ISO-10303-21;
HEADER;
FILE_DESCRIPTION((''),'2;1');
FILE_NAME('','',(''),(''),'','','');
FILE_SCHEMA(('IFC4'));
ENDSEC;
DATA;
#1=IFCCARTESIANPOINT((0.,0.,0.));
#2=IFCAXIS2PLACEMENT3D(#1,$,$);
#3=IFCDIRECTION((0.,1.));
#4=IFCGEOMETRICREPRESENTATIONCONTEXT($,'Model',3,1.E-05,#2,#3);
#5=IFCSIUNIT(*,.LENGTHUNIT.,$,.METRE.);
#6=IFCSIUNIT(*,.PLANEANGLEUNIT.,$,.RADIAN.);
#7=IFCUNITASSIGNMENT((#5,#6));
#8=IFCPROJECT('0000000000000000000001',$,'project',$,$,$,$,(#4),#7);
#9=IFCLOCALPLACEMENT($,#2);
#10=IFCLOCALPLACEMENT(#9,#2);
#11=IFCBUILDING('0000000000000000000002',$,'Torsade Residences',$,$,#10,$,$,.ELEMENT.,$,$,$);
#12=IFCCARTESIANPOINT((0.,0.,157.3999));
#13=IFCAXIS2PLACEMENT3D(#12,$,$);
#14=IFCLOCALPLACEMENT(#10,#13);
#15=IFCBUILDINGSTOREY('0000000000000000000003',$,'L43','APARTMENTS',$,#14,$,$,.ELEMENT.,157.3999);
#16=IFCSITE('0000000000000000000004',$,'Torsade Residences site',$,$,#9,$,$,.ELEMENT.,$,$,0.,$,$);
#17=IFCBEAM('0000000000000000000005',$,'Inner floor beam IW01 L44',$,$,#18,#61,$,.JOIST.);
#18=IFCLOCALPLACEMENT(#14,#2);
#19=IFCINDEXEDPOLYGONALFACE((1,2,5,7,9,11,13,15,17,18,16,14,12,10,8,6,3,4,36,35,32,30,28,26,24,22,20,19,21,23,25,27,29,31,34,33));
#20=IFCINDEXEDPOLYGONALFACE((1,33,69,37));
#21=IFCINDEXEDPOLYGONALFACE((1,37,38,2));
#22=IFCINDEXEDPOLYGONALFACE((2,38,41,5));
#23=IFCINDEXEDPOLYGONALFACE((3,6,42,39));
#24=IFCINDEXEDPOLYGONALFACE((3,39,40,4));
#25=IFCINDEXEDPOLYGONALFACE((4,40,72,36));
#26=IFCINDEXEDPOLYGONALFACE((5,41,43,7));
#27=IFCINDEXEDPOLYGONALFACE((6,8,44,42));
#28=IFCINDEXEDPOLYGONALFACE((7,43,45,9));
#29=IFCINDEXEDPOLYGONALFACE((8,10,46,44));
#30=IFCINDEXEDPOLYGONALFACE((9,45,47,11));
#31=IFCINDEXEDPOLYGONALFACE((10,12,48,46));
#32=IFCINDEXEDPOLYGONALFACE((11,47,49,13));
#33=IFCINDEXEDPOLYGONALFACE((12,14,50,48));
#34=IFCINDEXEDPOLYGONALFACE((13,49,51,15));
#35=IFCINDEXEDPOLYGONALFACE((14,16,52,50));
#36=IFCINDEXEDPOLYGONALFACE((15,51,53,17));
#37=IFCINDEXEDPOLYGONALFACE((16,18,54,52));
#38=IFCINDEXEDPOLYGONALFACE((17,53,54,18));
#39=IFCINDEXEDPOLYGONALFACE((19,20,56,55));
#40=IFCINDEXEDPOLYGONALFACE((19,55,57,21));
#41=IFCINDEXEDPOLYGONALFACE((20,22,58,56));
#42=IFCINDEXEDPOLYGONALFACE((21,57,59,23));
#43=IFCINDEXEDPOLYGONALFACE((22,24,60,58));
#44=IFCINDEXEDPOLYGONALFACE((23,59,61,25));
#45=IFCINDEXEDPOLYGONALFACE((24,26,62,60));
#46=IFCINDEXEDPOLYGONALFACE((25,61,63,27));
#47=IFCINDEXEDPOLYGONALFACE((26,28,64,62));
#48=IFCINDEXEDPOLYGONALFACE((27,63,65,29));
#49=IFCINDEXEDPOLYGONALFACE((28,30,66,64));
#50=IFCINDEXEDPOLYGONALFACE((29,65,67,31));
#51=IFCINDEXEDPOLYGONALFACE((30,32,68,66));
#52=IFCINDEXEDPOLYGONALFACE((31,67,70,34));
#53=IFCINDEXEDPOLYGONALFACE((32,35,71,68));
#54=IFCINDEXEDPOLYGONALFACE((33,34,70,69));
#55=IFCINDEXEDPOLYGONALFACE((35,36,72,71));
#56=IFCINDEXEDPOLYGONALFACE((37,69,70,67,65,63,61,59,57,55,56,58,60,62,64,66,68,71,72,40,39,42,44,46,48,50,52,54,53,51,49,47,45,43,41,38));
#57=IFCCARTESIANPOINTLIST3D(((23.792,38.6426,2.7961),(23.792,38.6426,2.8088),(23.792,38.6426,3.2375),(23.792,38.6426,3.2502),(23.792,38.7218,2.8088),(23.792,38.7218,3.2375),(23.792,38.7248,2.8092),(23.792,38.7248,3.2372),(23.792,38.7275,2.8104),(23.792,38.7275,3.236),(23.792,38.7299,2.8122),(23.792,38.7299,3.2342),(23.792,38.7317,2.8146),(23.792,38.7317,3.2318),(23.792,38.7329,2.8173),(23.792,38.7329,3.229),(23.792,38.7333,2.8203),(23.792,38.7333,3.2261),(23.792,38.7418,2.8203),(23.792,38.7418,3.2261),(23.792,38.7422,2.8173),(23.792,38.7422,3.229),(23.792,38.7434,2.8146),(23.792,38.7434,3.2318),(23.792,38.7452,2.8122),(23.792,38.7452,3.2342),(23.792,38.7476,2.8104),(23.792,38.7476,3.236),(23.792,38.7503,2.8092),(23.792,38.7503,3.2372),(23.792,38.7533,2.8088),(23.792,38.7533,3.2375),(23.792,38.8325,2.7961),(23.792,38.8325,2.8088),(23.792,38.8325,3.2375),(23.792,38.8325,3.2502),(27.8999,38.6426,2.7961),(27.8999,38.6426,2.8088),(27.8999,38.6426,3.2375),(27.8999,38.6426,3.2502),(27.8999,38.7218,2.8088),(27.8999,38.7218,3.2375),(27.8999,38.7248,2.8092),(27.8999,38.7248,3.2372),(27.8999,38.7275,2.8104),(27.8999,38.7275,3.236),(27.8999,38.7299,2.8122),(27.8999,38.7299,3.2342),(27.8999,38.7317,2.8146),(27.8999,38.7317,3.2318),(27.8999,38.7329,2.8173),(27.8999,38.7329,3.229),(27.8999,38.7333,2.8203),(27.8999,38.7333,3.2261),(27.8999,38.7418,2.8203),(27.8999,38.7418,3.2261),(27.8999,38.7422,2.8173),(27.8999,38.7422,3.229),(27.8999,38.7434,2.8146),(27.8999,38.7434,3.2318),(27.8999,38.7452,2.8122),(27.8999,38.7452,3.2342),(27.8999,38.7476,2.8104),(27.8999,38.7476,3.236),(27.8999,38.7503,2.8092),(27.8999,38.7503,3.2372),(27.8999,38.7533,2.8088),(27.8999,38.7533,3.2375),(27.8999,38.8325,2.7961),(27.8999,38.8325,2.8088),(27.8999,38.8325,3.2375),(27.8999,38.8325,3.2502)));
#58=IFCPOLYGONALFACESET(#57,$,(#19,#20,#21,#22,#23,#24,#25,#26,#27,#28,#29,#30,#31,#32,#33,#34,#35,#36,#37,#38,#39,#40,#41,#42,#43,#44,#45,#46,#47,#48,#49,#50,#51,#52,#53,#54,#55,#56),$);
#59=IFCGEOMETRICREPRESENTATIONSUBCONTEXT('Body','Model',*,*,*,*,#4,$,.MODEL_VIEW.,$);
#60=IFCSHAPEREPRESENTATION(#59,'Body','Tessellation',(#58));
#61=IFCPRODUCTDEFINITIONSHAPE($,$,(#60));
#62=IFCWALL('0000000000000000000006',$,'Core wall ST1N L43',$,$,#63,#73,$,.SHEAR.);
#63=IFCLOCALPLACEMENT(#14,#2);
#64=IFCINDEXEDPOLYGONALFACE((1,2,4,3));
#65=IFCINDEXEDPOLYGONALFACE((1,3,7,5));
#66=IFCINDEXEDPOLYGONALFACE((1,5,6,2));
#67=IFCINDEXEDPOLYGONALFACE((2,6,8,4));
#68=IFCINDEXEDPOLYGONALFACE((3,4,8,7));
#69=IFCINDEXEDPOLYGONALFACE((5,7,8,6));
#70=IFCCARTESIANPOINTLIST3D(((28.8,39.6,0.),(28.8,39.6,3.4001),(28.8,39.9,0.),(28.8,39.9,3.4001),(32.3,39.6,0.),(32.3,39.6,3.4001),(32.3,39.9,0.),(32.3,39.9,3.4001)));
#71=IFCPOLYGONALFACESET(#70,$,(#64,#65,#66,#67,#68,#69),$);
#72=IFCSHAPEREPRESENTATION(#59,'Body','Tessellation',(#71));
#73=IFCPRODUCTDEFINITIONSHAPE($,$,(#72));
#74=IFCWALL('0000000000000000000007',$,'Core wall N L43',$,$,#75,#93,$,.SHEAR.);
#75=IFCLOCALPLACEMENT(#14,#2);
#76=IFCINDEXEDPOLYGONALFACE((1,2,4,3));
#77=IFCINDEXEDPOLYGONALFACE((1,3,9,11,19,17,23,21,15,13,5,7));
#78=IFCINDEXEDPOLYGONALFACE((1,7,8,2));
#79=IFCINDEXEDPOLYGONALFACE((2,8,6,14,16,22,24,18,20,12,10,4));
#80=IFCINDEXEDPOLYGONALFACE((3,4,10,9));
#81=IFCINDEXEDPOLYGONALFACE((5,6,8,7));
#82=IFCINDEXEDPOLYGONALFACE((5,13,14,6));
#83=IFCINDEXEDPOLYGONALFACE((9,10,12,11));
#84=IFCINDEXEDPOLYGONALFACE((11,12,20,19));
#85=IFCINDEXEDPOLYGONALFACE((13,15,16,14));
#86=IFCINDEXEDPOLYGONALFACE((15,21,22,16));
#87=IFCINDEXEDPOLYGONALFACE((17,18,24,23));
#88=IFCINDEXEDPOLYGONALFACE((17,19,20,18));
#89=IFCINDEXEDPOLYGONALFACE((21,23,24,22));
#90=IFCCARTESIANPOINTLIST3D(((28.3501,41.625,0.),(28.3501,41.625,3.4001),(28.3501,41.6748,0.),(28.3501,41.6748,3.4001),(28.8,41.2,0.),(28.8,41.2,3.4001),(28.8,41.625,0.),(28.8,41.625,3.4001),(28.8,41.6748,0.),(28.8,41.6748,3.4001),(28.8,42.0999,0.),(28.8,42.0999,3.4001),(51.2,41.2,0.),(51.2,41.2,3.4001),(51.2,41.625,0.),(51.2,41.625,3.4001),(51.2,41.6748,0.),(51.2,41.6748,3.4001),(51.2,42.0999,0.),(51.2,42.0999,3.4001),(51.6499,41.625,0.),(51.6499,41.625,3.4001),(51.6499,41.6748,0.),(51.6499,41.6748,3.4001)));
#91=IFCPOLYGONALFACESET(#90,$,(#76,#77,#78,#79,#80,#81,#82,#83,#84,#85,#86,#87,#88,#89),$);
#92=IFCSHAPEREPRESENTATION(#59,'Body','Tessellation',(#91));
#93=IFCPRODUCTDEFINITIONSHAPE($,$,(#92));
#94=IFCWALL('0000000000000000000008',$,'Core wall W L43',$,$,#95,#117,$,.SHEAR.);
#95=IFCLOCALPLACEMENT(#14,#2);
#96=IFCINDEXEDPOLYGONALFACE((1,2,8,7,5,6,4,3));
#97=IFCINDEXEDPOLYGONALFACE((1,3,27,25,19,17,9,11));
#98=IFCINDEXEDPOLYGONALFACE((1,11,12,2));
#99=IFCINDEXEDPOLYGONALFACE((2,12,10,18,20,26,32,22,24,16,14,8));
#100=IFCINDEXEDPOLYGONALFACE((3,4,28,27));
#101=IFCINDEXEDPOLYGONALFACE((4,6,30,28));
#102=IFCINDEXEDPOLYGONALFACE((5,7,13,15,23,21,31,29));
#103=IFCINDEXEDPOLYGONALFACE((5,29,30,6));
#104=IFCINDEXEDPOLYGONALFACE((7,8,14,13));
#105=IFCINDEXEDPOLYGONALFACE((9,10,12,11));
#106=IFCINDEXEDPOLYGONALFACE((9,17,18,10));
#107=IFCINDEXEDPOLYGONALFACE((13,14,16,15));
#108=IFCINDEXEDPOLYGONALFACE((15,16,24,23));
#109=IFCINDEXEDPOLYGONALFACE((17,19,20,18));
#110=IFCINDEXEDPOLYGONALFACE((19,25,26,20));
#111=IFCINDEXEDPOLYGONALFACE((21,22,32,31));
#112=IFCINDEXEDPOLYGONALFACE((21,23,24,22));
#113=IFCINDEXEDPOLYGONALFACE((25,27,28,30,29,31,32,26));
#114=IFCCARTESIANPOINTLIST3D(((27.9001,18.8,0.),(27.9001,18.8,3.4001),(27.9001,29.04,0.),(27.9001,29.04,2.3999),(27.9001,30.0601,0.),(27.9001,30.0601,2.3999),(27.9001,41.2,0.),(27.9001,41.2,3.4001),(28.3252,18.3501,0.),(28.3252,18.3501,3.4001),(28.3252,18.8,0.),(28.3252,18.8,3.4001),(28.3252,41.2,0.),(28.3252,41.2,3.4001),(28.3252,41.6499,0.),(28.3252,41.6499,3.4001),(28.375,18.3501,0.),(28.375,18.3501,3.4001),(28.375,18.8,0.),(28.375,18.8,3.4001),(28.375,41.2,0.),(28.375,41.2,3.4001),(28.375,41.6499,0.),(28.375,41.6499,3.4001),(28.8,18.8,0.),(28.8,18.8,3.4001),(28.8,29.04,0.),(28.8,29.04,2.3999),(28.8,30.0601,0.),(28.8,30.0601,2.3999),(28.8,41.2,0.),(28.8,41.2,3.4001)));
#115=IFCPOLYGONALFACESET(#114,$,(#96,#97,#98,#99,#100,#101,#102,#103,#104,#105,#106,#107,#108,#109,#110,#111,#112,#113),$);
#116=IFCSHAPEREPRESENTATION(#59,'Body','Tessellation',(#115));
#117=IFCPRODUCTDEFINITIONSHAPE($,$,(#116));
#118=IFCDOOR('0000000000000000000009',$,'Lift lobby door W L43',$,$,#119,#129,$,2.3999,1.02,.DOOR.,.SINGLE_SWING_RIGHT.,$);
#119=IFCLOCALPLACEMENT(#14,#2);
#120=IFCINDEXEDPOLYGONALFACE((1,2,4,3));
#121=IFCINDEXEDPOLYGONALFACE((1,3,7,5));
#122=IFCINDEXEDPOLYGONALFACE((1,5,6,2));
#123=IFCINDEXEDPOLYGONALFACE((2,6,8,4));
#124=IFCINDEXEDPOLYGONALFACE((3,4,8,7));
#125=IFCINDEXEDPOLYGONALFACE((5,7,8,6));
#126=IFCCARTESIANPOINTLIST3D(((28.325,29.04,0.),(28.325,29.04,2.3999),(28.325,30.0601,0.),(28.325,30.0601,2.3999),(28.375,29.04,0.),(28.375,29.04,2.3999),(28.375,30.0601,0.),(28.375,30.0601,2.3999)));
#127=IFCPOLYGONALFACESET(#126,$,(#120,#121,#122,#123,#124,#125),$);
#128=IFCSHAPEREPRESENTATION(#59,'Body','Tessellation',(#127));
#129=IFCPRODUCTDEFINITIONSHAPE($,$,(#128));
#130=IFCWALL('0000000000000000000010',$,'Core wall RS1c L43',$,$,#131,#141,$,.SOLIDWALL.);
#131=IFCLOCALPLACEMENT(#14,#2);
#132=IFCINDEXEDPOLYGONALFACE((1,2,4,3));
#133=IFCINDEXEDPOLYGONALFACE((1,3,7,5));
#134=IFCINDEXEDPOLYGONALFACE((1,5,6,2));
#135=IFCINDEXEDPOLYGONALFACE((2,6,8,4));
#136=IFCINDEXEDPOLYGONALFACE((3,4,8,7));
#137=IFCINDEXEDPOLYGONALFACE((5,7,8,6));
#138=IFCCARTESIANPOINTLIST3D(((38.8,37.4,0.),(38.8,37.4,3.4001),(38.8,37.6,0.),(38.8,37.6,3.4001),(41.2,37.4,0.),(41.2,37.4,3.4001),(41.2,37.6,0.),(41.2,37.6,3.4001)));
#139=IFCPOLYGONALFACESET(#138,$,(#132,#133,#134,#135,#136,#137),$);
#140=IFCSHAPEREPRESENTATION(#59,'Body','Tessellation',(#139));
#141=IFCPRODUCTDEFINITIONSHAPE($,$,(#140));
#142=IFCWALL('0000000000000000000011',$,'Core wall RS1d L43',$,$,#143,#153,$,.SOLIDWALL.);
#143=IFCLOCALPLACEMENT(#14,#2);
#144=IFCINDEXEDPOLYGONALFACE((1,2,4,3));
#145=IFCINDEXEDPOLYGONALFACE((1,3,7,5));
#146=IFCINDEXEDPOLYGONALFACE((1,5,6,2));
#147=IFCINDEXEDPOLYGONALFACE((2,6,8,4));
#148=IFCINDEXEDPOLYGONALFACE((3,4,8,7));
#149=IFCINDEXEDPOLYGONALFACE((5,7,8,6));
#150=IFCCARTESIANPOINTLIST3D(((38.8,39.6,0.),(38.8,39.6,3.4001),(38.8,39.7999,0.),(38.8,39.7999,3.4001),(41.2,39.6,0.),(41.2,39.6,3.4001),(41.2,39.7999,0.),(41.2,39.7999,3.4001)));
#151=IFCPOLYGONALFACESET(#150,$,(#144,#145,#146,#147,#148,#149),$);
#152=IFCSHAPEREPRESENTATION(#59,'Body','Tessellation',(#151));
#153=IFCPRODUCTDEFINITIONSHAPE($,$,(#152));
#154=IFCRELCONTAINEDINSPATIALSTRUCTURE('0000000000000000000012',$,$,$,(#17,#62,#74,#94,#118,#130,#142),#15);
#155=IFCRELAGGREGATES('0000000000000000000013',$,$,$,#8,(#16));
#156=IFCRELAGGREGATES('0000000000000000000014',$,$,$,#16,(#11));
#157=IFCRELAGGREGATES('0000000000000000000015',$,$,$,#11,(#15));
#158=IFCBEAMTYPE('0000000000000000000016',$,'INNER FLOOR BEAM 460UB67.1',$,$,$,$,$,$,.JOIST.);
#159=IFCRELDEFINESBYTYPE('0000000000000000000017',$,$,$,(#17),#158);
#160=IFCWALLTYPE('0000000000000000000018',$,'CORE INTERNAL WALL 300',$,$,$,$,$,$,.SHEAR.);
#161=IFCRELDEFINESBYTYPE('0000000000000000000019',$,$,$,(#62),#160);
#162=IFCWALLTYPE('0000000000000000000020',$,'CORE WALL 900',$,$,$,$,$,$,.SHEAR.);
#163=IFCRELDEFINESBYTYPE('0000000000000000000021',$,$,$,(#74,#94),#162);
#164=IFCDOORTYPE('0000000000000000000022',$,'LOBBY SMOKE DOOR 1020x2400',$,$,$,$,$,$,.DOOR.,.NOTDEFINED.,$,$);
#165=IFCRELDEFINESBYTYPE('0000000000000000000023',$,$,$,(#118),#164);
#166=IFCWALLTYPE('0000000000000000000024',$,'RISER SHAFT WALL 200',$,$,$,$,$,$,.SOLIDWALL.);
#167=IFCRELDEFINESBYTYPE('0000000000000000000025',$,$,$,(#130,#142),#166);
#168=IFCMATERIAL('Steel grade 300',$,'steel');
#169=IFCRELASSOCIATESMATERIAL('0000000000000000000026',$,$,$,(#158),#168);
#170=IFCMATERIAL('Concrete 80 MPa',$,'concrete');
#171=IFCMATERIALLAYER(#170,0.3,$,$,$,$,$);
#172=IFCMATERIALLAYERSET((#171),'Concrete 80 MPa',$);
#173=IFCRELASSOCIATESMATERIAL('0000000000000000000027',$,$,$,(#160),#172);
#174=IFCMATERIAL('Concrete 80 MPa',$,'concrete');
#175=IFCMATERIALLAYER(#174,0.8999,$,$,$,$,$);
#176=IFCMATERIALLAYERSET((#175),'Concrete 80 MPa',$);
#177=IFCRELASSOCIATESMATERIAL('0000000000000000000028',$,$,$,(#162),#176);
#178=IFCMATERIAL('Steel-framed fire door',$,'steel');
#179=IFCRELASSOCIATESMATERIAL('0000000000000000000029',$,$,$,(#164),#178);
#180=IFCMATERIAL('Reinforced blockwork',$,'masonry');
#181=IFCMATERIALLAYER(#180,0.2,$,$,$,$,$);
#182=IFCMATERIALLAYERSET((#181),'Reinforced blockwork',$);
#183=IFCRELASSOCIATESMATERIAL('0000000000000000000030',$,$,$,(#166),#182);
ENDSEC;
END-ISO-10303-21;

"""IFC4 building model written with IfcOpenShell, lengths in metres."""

from ifc_helpers import new_model, si_unit, direction, frame, frame_2d, origin, origin_2d, place, context, subcontext, project, spatial, polyline, rectangle, i_section, outline, extrude, material, layer, layer_set, material_profile, profile_set, type_object, element, fill, save


model = new_model("IFC4")

# Units and contexts
model_context = context("Model", 3, precision=1e-05, world=origin(), true_north=direction((0.0, 1.0)))
body_context = subcontext(model_context, "Body", "Model", "MODEL_VIEW")
ifc_project = project(units=[si_unit("LENGTHUNIT", "METRE"), si_unit("PLANEANGLEUNIT", "RADIAN")], contexts=[model_context])

# Site, building, storey
site_placement = place(None, origin())
site = spatial("IfcSite", under=ifc_project, at=site_placement, Name="Torsade Residences site", CompositionType="ELEMENT", RefElevation=0.0)
building_placement = place(site_placement, origin())
building = spatial("IfcBuilding", under=site, at=building_placement, Name="Torsade Residences", CompositionType="ELEMENT")
storey_placement = place(building_placement, frame((0.0, 0.0, 157.3999)))
storey = spatial("IfcBuildingStorey", under=building, at=storey_placement, Name="L43", Description="APARTMENTS", CompositionType="ELEMENT", Elevation=157.3999)

# Beam
ifc_material_1 = material(Name="Steel grade 300", Category="steel")
ifc_material_profile_1 = material_profile(ifc_material_1, i_section(OverallWidth=0.1899, OverallDepth=0.4541, WebThickness=0.0085, FlangeThickness=0.0127, FilletRadius=0.0115, at=origin_2d()), Name="460UB67.1")
ifc_profile_set_1 = profile_set([ifc_material_profile_1], Name="Steel grade 300")
beam_type = type_object("IfcBeamType", Name="INNER FLOOR BEAM 460UB67.1", PredefinedType="JOIST", material=ifc_profile_set_1)
beam_1_placement = place(storey_placement, frame((27.8999, 38.7375, 3.0232), z_axis=(-1.0, 0.0, 0.0), x_axis=(0.0, -1.0, 0.0)))
element("IfcBeam", 1, at=beam_1_placement, inside=storey, type_object=beam_type, Name="Inner floor beam IW01 L44", PredefinedType="JOIST", context=body_context, shape_type="SweptSolid", body=[
    extrude(i_section(OverallWidth=0.1899, OverallDepth=0.4541, WebThickness=0.0085, FlangeThickness=0.0127, FilletRadius=0.0115, at=origin_2d()), origin(), (0.0, 0.0, 1.0), 4.1079),
])

# Walls
ifc_material_2 = material(Name="Concrete 80 MPa", Category="concrete")
ifc_layer_1 = layer(ifc_material_2, 0.3)
ifc_layer_set_1 = layer_set([ifc_layer_1], Name="Concrete 80 MPa")
wall_type_1 = type_object("IfcWallType", Name="CORE INTERNAL WALL 300", PredefinedType="SHEAR", material=ifc_layer_set_1)
wall_1_placement = place(storey_placement, frame((28.8, 39.75, 0.0), z_axis=(0.0, 0.0, 1.0), x_axis=(1.0, 0.0, 0.0)))
element("IfcWall", 2, at=wall_1_placement, inside=storey, type_object=wall_type_1, Name="Core wall ST1N L43", PredefinedType="SHEAR", context=body_context, shape_type="SweptSolid", body=[
    extrude(rectangle(XDim=3.5, YDim=0.3, at=frame_2d((1.75, 0.0))), origin(), (0.0, 0.0, 1.0), 3.4001),
])
ifc_material_3 = material(Name="Concrete 80 MPa", Category="concrete")
ifc_layer_2 = layer(ifc_material_3, 0.8999)
ifc_layer_set_2 = layer_set([ifc_layer_2], Name="Concrete 80 MPa")
wall_type_2 = type_object("IfcWallType", Name="CORE WALL 900", PredefinedType="SHEAR", material=ifc_layer_set_2)
wall_2_placement = place(storey_placement, frame((28.8, 41.6499, 0.0), z_axis=(0.0, 0.0, 1.0), x_axis=(1.0, 0.0, 0.0)))
element("IfcWall", 3, at=wall_2_placement, inside=storey, type_object=wall_type_2, Name="Core wall N L43", PredefinedType="SHEAR", context=body_context, shape_type="SweptSolid", body=[
    extrude(outline(polyline([(0.0, -0.45), (22.3999, -0.45), (22.3999, -0.0249), (22.8499, -0.0249), (22.8499, 0.0249), (22.3999, 0.0249), (22.3999, 0.45), (0.0, 0.45), (0.0, 0.0249), (-0.45, 0.0249), (-0.45, -0.0249), (0.0, -0.0249), (0.0, -0.45)])), origin(), (0.0, 0.0, 1.0), 3.4001),
])

# Wall, opening, door
wall_3_placement = place(storey_placement, frame((28.3501, 41.2, 0.0), z_axis=(0.0, 0.0, 1.0), x_axis=(0.0, -1.0, 0.0)))
wall_3 = element("IfcWall", 4, at=wall_3_placement, inside=storey, type_object=wall_type_2, Name="Core wall W L43", PredefinedType="SHEAR", context=body_context, shape_type="SweptSolid", body=[
    extrude(outline(polyline([(0.0, -0.45), (22.3999, -0.45), (22.3999, -0.0249), (22.8499, -0.0249), (22.8499, 0.0249), (22.3999, 0.0249), (22.3999, 0.45), (0.0, 0.45), (0.0, 0.0249), (-0.45, 0.0249), (-0.45, -0.0249), (0.0, -0.0249), (0.0, -0.45)])), origin(), (0.0, 0.0, 1.0), 3.4001),
])
opening_1_placement = place(wall_3_placement, frame((11.1399, 0.0, 0.0)))
opening_1 = element("IfcOpeningElement", 5, at=opening_1_placement, cuts=wall_3, PredefinedType="OPENING", context=body_context, shape_type="SweptSolid", body=[
    extrude(rectangle(XDim=1.02, YDim=2.3999, at=frame_2d((0.51, 1.2))), frame((0.0, 0.46, 0.0), z_axis=(0.0, -1.0, 0.0), x_axis=(1.0, 0.0, 0.0)), (0.0, 0.0, 1.0), 0.9199),
])
ifc_material_4 = material(Name="Steel-framed fire door", Category="steel")
door_type_1 = type_object("IfcDoorType", Name="LOBBY SMOKE DOOR 1020x2400", OperationType="NOTDEFINED", PredefinedType="DOOR", material=ifc_material_4)
door_1_placement = place(opening_1_placement, origin())
door_1 = element("IfcDoor", 6, at=door_1_placement, inside=storey, type_object=door_type_1, Name="Lift lobby door W L43", OperationType="SINGLE_SWING_RIGHT", OverallHeight=2.3999, OverallWidth=1.02, PredefinedType="DOOR", context=body_context, shape_type="SweptSolid", body=[
    extrude(rectangle(XDim=1.02, YDim=2.3999, at=frame_2d((0.51, 1.2))), frame((0.0, 0.0249, 0.0), z_axis=(0.0, -1.0, 0.0), x_axis=(1.0, 0.0, 0.0)), (0.0, 0.0, 1.0), 0.05),
])
fill(opening_1, door_1)

# Walls
ifc_material_5 = material(Name="Reinforced blockwork", Category="masonry")
ifc_layer_3 = layer(ifc_material_5, 0.2)
ifc_layer_set_3 = layer_set([ifc_layer_3], Name="Reinforced blockwork")
wall_type_3 = type_object("IfcWallType", Name="RISER SHAFT WALL 200", PredefinedType="SOLIDWALL", material=ifc_layer_set_3)
for number, where, z_axis, x_axis, name in (
    (7, (38.8, 37.5, 0.0), (0.0, 0.0, 1.0), (1.0, 0.0, 0.0), "Core wall RS1c L43"),
    (8, (38.8, 39.7, 0.0), (0.0, 0.0, 1.0), (1.0, 0.0, 0.0), "Core wall RS1d L43"),
):
    element("IfcWall", number, at=place(storey_placement, frame(where, z_axis=z_axis, x_axis=x_axis)), inside=storey, type_object=wall_type_3, Name=name, PredefinedType="SOLIDWALL", context=body_context, shape_type="SweptSolid", body=[
        extrude(rectangle(XDim=2.3999, YDim=0.2, at=frame_2d((1.2, 0.0))), origin(), (0.0, 0.0, 1.0), 3.4001),
    ])

save(model, "model.ifc")
